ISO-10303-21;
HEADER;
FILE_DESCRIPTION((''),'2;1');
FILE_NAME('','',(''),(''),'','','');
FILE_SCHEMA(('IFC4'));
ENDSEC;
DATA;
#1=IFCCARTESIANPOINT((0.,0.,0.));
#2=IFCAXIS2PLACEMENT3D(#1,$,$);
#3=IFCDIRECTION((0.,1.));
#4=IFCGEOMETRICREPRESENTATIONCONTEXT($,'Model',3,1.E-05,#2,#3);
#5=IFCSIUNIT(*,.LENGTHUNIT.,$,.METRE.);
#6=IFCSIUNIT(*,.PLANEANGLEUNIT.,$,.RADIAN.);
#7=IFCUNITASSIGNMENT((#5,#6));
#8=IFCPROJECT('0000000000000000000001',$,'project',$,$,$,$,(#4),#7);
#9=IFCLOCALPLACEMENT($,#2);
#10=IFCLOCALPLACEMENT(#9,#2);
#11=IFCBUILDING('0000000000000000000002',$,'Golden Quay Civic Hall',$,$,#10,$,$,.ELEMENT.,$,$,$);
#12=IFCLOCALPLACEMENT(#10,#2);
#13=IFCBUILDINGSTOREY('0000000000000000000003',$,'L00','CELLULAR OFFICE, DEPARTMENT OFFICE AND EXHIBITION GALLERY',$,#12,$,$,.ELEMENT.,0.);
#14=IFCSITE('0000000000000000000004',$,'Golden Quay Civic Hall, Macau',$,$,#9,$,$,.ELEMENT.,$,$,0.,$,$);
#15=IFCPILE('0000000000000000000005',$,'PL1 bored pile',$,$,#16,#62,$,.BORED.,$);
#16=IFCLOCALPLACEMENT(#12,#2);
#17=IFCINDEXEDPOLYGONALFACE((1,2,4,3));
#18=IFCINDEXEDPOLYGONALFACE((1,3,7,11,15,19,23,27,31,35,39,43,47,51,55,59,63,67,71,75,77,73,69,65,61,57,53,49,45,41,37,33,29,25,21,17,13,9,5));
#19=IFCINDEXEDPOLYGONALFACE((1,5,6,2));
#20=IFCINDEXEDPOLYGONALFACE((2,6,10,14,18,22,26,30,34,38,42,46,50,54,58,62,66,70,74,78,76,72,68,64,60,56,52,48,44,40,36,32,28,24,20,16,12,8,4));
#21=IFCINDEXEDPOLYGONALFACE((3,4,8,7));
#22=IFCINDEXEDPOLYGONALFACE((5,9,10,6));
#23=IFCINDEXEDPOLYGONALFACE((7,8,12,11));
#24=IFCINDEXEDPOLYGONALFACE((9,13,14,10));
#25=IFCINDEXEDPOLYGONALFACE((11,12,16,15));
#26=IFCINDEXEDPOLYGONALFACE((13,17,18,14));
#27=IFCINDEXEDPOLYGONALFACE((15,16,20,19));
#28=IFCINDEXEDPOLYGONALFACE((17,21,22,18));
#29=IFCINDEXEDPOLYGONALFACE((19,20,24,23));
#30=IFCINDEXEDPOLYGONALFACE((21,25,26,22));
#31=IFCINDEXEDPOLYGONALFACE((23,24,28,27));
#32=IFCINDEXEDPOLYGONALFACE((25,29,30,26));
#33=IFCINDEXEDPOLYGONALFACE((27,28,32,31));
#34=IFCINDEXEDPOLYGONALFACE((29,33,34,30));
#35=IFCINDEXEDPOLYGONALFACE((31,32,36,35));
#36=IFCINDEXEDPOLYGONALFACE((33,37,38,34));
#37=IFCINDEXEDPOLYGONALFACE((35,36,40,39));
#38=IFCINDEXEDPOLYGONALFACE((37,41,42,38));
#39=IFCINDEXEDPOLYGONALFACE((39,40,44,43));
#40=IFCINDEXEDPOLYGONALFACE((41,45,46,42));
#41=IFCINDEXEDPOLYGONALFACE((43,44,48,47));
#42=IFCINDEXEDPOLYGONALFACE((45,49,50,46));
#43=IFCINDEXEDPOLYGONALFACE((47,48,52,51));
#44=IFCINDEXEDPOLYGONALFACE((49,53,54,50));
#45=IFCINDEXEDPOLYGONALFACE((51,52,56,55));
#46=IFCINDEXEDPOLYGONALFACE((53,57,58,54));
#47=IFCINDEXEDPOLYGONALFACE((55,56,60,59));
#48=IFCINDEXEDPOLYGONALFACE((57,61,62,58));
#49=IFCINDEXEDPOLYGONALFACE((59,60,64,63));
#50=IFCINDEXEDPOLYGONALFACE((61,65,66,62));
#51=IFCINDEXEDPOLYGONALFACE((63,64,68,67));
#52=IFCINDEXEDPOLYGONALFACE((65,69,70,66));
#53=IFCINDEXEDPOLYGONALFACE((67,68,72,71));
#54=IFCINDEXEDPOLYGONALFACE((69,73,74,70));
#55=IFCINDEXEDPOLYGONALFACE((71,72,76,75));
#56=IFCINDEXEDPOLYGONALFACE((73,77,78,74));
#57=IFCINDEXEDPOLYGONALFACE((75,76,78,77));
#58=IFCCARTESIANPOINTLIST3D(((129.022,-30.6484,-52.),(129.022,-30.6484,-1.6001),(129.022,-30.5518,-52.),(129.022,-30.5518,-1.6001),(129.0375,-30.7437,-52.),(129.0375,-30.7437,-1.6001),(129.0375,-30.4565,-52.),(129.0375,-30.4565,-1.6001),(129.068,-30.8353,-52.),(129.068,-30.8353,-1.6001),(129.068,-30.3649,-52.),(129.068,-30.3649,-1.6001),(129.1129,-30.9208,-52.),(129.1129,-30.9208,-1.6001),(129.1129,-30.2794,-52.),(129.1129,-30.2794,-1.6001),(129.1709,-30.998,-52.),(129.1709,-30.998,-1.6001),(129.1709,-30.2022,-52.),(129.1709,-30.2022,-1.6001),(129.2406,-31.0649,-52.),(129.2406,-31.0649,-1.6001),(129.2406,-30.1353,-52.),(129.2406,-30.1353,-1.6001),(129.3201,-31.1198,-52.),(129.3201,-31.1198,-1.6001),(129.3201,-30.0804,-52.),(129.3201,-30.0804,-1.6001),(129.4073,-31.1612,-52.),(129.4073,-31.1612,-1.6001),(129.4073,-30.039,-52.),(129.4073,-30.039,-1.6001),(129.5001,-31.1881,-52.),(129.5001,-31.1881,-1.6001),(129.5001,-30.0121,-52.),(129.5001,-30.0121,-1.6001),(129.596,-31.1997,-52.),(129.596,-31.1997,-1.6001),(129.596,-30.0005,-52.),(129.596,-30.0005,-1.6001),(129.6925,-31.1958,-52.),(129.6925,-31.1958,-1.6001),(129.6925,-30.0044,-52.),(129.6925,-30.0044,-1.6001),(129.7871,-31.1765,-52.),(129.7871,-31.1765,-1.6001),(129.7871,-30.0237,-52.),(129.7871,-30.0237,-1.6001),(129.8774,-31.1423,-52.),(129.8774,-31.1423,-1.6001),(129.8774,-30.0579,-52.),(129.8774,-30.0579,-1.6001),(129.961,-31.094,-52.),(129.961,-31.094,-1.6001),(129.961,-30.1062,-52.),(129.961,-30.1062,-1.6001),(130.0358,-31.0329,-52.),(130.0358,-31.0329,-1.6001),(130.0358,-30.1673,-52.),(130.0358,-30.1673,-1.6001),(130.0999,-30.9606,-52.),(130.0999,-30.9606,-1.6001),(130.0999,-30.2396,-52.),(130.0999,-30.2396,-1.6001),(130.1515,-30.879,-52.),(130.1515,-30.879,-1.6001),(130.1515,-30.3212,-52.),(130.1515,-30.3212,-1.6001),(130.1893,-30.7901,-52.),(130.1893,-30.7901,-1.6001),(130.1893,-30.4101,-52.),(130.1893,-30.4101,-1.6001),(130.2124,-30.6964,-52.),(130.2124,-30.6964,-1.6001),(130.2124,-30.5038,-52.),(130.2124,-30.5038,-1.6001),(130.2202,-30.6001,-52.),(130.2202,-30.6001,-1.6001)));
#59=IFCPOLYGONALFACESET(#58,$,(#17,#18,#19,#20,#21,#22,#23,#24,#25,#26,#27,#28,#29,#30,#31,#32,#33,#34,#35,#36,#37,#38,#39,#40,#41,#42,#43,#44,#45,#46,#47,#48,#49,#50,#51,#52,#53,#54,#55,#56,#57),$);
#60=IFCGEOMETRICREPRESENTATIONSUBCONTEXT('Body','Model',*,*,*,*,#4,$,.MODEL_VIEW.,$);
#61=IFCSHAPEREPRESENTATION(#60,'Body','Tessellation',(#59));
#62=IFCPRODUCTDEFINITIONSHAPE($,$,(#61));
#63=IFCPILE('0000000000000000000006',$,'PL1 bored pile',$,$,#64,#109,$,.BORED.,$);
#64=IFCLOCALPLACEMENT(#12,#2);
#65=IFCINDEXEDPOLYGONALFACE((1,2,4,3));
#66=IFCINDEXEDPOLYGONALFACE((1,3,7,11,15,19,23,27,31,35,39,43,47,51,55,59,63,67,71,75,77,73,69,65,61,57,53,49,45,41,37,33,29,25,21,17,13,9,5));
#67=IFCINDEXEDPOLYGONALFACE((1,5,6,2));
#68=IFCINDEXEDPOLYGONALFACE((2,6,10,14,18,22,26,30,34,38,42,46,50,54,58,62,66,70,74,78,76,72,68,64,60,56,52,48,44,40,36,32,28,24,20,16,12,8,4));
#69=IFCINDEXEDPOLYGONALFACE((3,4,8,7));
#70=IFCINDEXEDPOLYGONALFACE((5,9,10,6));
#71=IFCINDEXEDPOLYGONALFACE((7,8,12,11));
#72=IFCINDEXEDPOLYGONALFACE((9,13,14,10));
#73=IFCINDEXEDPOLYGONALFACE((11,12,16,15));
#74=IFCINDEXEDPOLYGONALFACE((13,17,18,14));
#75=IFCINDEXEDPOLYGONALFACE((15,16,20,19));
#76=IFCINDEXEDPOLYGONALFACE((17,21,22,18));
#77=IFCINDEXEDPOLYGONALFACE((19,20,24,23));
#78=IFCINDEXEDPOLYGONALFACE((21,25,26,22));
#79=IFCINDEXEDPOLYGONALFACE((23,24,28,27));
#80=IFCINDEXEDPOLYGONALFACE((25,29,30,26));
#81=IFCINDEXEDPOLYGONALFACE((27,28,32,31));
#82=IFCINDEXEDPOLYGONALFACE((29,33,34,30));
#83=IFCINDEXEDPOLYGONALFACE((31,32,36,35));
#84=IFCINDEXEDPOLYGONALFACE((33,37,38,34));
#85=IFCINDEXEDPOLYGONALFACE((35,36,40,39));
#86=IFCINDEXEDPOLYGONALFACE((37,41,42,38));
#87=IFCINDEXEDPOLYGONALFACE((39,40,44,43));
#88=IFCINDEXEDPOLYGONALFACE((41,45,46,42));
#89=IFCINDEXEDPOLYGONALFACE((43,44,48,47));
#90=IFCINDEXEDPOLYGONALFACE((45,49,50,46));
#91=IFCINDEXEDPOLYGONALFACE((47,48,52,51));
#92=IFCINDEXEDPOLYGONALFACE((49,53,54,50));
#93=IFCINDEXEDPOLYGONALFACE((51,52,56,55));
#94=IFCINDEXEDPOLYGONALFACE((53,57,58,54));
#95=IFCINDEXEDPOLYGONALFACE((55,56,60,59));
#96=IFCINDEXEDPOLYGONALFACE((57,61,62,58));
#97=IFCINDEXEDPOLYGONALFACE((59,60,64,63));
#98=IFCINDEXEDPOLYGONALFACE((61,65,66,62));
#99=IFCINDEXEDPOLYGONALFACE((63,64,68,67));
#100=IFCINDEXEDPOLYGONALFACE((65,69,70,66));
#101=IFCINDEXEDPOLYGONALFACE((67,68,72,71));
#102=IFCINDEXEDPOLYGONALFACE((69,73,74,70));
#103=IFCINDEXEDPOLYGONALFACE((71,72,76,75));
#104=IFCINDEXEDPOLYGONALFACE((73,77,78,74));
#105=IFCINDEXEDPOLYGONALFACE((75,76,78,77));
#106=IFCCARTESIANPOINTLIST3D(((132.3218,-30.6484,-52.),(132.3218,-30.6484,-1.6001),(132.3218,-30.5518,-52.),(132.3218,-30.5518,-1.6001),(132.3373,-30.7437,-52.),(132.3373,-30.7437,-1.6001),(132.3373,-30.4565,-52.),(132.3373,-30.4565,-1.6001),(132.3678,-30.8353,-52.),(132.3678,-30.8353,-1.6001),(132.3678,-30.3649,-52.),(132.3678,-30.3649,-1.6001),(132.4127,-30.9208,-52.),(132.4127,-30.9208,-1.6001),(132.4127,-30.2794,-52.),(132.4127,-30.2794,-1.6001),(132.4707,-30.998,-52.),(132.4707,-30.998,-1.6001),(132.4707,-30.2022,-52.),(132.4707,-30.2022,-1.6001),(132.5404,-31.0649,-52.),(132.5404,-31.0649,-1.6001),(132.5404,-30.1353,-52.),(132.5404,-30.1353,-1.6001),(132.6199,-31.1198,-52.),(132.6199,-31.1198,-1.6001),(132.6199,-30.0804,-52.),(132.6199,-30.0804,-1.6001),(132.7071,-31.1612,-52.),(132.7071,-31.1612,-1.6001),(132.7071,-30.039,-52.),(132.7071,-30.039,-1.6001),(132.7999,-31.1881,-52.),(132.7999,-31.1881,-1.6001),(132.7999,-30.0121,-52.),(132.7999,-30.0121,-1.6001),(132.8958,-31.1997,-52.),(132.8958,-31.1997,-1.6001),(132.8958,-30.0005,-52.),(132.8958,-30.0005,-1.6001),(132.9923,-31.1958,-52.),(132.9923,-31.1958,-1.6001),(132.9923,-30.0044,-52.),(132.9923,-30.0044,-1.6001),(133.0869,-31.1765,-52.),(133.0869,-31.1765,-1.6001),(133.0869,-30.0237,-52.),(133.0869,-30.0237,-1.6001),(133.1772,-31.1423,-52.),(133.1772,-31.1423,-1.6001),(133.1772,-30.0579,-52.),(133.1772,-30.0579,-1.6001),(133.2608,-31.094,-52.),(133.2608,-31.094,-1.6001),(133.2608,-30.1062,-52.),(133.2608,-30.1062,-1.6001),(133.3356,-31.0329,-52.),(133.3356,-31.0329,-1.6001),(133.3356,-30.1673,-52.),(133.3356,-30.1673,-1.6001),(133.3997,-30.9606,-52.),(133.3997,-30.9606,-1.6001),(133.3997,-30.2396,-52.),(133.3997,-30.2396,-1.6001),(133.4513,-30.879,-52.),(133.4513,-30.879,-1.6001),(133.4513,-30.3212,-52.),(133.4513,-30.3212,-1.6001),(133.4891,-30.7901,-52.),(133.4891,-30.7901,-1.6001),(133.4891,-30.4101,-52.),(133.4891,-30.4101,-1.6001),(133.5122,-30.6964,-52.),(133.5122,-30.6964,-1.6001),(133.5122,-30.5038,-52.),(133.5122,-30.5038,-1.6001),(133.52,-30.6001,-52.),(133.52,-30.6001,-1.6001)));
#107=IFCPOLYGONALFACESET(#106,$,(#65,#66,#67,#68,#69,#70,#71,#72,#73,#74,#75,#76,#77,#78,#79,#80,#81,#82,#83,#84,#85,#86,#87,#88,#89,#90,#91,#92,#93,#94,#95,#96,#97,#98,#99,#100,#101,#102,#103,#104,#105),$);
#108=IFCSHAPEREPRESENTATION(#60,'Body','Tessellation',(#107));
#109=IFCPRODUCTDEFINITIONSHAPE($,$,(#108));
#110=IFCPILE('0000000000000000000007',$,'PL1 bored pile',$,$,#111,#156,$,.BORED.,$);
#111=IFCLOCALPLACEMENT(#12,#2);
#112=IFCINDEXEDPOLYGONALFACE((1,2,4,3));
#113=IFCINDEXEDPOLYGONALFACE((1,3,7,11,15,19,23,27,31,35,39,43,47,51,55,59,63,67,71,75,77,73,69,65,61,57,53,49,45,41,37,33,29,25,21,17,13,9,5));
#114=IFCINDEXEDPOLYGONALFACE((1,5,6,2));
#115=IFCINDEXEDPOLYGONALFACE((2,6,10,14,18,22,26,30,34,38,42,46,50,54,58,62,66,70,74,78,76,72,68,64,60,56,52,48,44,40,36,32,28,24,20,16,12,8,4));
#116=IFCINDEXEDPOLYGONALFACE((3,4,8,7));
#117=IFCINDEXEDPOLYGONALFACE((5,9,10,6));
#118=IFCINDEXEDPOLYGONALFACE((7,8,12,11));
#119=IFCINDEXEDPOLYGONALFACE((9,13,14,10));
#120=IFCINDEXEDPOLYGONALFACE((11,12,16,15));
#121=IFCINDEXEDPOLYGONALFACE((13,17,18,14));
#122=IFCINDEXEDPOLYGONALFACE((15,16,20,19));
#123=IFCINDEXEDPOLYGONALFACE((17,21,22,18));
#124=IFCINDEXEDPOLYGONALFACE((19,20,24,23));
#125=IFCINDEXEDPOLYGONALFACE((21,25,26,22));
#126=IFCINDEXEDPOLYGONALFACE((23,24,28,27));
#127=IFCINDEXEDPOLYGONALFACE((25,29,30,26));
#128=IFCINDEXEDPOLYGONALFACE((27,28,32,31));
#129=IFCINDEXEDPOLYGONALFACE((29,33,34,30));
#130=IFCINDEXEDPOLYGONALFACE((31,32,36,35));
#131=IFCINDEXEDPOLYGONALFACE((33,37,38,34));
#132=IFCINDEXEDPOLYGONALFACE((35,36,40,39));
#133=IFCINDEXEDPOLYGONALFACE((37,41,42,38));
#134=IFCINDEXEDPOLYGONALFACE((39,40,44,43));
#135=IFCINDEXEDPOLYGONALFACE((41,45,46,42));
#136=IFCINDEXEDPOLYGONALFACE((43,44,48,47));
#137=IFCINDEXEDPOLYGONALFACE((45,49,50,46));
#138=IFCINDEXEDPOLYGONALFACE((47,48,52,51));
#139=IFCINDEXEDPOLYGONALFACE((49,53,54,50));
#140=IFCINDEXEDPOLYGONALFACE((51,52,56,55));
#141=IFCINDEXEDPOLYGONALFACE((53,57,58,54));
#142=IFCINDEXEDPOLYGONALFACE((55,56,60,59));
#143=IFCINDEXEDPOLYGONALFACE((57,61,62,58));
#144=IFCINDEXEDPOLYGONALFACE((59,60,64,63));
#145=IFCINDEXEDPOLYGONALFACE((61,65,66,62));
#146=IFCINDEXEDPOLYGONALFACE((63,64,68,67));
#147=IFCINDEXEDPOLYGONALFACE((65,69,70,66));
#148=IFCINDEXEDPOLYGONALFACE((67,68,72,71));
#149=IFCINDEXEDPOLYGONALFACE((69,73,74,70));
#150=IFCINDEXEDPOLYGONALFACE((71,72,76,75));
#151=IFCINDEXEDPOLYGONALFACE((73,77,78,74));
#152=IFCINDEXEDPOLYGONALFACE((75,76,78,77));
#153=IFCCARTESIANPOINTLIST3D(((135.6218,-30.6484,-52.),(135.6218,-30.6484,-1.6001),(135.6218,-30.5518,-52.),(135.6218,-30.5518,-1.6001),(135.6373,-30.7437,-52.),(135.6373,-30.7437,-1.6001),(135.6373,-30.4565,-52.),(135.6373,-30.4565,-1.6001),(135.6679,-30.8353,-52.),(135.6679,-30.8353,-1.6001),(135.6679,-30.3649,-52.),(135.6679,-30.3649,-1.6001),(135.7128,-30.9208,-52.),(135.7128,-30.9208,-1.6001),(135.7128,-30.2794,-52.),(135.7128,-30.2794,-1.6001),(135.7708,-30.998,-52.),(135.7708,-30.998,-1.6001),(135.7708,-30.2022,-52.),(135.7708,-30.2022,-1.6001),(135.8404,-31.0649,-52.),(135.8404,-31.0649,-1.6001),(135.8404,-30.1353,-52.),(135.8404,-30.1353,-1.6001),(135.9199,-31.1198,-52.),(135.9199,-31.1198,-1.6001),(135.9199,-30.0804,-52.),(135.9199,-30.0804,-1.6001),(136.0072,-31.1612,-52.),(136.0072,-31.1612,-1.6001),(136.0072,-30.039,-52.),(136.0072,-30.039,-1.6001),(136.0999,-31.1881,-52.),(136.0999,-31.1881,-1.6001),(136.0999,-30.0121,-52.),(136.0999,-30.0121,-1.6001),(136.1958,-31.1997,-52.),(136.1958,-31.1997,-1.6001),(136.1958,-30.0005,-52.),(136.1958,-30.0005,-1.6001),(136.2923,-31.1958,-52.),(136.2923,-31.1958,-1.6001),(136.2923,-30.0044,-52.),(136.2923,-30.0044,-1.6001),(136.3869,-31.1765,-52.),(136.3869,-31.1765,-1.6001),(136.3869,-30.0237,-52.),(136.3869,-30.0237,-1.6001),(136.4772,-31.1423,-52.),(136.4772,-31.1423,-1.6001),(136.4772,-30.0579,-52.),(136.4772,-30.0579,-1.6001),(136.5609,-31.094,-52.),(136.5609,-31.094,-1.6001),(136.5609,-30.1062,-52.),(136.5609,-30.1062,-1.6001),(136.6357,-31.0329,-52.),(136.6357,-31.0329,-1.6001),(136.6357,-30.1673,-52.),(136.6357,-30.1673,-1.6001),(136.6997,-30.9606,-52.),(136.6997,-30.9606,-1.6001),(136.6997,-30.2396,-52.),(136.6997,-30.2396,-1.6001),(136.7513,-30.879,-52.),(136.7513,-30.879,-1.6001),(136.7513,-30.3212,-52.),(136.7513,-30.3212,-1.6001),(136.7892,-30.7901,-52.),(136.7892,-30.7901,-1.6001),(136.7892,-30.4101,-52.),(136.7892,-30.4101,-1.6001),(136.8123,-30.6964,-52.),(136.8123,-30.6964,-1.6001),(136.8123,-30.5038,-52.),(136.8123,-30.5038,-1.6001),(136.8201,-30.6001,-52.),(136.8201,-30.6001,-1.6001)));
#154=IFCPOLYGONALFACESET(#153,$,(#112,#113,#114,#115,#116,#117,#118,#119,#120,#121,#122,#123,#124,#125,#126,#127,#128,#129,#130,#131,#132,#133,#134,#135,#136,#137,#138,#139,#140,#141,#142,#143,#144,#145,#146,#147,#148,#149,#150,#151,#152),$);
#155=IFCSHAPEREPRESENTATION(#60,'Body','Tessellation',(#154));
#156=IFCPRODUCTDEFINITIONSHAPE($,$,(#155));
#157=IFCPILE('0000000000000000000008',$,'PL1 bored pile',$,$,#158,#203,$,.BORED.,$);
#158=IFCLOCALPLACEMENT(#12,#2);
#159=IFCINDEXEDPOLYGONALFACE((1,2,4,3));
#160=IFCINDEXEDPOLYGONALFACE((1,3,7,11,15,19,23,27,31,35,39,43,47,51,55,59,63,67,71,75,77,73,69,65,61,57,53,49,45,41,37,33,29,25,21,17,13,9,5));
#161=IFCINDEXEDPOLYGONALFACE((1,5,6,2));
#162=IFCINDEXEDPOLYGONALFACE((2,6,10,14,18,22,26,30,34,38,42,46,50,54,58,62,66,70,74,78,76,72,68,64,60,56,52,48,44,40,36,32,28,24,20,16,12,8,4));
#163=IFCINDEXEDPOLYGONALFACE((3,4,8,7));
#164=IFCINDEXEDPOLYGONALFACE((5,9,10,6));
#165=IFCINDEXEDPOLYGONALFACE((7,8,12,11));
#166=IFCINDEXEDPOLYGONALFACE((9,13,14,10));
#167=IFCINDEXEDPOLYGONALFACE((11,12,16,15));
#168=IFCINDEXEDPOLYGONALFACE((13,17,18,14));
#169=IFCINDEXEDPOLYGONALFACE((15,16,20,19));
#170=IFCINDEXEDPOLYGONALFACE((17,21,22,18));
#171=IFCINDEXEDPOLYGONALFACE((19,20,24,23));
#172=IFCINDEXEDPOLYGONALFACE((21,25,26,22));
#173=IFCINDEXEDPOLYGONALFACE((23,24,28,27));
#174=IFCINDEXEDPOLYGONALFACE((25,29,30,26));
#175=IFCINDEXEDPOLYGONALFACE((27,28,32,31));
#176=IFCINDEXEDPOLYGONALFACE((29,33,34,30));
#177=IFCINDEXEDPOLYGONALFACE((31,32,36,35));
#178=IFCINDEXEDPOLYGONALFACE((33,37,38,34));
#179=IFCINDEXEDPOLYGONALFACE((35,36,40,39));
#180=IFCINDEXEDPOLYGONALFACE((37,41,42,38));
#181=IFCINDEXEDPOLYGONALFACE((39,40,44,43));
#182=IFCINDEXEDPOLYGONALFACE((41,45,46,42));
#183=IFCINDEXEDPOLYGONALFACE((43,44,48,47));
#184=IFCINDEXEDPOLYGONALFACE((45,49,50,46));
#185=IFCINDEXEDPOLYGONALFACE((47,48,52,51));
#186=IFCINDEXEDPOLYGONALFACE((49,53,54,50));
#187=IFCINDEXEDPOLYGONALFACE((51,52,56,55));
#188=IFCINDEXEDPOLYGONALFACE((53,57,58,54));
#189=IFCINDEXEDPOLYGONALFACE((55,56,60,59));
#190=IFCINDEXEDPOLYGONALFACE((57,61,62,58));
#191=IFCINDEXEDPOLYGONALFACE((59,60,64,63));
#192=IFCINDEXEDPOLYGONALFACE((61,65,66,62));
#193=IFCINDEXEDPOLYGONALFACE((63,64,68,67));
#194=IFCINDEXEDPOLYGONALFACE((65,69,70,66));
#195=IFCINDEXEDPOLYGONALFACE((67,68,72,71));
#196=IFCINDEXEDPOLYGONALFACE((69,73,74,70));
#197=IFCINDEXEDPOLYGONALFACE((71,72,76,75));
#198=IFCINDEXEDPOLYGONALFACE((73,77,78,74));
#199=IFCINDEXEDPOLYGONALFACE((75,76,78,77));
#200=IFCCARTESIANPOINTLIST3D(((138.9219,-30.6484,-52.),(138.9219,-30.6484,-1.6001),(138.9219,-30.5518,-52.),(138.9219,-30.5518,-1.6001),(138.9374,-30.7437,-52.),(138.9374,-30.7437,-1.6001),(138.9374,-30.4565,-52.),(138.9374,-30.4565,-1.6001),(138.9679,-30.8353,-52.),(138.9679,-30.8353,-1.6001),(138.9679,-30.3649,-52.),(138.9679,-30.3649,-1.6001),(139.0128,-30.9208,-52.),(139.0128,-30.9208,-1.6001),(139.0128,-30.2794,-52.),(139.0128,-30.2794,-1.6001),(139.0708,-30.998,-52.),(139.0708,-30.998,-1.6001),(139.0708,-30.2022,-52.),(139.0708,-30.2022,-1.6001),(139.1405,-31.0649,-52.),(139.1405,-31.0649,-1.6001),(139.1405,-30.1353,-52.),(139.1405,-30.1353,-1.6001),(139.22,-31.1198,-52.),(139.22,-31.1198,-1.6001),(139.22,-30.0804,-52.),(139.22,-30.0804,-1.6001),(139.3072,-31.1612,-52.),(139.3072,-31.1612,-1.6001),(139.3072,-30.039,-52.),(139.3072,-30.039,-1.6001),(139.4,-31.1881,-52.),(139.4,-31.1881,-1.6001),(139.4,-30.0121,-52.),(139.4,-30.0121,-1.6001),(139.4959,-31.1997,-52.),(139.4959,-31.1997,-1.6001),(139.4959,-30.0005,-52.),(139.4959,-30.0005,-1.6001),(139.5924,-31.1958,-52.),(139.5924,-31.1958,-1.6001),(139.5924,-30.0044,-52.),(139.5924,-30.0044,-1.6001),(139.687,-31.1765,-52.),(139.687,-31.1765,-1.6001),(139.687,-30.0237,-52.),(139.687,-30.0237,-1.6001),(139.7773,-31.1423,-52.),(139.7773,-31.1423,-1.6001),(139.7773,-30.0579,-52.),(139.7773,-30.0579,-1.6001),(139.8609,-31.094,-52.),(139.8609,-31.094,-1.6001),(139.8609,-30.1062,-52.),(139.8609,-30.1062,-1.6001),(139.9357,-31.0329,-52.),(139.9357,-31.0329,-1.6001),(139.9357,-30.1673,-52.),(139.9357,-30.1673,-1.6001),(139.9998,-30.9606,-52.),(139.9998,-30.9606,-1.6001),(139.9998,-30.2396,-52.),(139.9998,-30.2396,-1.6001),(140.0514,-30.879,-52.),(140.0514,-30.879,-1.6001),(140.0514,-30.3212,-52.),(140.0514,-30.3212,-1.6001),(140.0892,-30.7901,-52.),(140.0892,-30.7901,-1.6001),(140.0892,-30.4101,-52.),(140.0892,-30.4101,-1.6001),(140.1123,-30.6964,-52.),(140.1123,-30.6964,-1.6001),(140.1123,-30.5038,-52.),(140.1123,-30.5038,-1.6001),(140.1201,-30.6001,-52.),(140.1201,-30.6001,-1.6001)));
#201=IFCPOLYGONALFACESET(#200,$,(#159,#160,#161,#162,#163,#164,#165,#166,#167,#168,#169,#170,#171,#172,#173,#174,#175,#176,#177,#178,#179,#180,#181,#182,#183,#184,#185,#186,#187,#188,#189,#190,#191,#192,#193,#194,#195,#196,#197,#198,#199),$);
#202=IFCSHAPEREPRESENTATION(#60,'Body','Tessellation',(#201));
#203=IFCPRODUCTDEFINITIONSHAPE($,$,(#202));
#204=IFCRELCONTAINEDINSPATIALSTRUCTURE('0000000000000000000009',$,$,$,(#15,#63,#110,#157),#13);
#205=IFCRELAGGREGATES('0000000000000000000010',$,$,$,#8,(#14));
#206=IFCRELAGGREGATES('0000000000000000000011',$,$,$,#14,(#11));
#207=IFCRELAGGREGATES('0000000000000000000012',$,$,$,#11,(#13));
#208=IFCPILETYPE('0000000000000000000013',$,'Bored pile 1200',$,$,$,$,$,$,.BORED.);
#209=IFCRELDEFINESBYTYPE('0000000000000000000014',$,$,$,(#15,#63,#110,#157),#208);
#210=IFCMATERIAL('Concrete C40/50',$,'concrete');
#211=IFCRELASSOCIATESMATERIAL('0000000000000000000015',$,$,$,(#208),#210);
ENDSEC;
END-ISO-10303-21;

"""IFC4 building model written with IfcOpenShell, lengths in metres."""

from ifc_helpers import new_model, si_unit, direction, frame, origin, origin_2d, place, context, subcontext, project, spatial, circle, extrude, material, material_profile, profile_set, type_object, element, save


model = new_model("IFC4")

# Units and contexts
model_context = context("Model", 3, precision=1e-05, world=origin(), true_north=direction((0.0, 1.0)))
body_context = subcontext(model_context, "Body", "Model", "MODEL_VIEW")
ifc_project = project(units=[si_unit("LENGTHUNIT", "METRE"), si_unit("PLANEANGLEUNIT", "RADIAN")], contexts=[model_context])

# Site, building, storey
site_placement = place(None, origin())
site = spatial("IfcSite", under=ifc_project, at=site_placement, Name="Golden Quay Civic Hall, Macau", CompositionType="ELEMENT", RefElevation=0.0)
building_placement = place(site_placement, origin())
building = spatial("IfcBuilding", under=site, at=building_placement, Name="Golden Quay Civic Hall", CompositionType="ELEMENT")
storey_placement = place(building_placement, origin())
storey = spatial("IfcBuildingStorey", under=building, at=storey_placement, Name="L00", Description="CELLULAR OFFICE, DEPARTMENT OFFICE AND EXHIBITION GALLERY", CompositionType="ELEMENT", Elevation=0.0)

# Piles
ifc_material_1 = material(Name="Concrete C40/50", Category="concrete")
ifc_material_profile_1 = material_profile(ifc_material_1, circle(Radius=0.6001, at=origin_2d()), Name="RC D1200")
ifc_profile_set_1 = profile_set([ifc_material_profile_1], Name="Concrete C40/50")
pile_type = type_object("IfcPileType", Name="Bored pile 1200", PredefinedType="BORED", material=ifc_profile_set_1)
for number, where, z_axis, x_axis, name in (
    (1, (129.6201, -30.6001, -1.6001), (0.0, 0.0, -1.0), (1.0, 0.0, 0.0), "PL1 bored pile"),
    (2, (132.9199, -30.6001, -1.6001), (0.0, 0.0, -1.0), (1.0, 0.0, 0.0), "PL1 bored pile"),
    (3, (136.22, -30.6001, -1.6001), (0.0, 0.0, -1.0), (1.0, 0.0, 0.0), "PL1 bored pile"),
    (4, (139.52, -30.6001, -1.6001), (0.0, 0.0, -1.0), (1.0, 0.0, 0.0), "PL1 bored pile"),
):
    element("IfcPile", number, at=place(storey_placement, frame(where, z_axis=z_axis, x_axis=x_axis)), inside=storey, type_object=pile_type, Name=name, PredefinedType="BORED", context=body_context, shape_type="SweptSolid", body=[
        extrude(circle(Radius=0.6001, at=origin_2d()), origin(), (0.0, 0.0, 1.0), 50.3999),
    ])

save(model, "model.ifc")
